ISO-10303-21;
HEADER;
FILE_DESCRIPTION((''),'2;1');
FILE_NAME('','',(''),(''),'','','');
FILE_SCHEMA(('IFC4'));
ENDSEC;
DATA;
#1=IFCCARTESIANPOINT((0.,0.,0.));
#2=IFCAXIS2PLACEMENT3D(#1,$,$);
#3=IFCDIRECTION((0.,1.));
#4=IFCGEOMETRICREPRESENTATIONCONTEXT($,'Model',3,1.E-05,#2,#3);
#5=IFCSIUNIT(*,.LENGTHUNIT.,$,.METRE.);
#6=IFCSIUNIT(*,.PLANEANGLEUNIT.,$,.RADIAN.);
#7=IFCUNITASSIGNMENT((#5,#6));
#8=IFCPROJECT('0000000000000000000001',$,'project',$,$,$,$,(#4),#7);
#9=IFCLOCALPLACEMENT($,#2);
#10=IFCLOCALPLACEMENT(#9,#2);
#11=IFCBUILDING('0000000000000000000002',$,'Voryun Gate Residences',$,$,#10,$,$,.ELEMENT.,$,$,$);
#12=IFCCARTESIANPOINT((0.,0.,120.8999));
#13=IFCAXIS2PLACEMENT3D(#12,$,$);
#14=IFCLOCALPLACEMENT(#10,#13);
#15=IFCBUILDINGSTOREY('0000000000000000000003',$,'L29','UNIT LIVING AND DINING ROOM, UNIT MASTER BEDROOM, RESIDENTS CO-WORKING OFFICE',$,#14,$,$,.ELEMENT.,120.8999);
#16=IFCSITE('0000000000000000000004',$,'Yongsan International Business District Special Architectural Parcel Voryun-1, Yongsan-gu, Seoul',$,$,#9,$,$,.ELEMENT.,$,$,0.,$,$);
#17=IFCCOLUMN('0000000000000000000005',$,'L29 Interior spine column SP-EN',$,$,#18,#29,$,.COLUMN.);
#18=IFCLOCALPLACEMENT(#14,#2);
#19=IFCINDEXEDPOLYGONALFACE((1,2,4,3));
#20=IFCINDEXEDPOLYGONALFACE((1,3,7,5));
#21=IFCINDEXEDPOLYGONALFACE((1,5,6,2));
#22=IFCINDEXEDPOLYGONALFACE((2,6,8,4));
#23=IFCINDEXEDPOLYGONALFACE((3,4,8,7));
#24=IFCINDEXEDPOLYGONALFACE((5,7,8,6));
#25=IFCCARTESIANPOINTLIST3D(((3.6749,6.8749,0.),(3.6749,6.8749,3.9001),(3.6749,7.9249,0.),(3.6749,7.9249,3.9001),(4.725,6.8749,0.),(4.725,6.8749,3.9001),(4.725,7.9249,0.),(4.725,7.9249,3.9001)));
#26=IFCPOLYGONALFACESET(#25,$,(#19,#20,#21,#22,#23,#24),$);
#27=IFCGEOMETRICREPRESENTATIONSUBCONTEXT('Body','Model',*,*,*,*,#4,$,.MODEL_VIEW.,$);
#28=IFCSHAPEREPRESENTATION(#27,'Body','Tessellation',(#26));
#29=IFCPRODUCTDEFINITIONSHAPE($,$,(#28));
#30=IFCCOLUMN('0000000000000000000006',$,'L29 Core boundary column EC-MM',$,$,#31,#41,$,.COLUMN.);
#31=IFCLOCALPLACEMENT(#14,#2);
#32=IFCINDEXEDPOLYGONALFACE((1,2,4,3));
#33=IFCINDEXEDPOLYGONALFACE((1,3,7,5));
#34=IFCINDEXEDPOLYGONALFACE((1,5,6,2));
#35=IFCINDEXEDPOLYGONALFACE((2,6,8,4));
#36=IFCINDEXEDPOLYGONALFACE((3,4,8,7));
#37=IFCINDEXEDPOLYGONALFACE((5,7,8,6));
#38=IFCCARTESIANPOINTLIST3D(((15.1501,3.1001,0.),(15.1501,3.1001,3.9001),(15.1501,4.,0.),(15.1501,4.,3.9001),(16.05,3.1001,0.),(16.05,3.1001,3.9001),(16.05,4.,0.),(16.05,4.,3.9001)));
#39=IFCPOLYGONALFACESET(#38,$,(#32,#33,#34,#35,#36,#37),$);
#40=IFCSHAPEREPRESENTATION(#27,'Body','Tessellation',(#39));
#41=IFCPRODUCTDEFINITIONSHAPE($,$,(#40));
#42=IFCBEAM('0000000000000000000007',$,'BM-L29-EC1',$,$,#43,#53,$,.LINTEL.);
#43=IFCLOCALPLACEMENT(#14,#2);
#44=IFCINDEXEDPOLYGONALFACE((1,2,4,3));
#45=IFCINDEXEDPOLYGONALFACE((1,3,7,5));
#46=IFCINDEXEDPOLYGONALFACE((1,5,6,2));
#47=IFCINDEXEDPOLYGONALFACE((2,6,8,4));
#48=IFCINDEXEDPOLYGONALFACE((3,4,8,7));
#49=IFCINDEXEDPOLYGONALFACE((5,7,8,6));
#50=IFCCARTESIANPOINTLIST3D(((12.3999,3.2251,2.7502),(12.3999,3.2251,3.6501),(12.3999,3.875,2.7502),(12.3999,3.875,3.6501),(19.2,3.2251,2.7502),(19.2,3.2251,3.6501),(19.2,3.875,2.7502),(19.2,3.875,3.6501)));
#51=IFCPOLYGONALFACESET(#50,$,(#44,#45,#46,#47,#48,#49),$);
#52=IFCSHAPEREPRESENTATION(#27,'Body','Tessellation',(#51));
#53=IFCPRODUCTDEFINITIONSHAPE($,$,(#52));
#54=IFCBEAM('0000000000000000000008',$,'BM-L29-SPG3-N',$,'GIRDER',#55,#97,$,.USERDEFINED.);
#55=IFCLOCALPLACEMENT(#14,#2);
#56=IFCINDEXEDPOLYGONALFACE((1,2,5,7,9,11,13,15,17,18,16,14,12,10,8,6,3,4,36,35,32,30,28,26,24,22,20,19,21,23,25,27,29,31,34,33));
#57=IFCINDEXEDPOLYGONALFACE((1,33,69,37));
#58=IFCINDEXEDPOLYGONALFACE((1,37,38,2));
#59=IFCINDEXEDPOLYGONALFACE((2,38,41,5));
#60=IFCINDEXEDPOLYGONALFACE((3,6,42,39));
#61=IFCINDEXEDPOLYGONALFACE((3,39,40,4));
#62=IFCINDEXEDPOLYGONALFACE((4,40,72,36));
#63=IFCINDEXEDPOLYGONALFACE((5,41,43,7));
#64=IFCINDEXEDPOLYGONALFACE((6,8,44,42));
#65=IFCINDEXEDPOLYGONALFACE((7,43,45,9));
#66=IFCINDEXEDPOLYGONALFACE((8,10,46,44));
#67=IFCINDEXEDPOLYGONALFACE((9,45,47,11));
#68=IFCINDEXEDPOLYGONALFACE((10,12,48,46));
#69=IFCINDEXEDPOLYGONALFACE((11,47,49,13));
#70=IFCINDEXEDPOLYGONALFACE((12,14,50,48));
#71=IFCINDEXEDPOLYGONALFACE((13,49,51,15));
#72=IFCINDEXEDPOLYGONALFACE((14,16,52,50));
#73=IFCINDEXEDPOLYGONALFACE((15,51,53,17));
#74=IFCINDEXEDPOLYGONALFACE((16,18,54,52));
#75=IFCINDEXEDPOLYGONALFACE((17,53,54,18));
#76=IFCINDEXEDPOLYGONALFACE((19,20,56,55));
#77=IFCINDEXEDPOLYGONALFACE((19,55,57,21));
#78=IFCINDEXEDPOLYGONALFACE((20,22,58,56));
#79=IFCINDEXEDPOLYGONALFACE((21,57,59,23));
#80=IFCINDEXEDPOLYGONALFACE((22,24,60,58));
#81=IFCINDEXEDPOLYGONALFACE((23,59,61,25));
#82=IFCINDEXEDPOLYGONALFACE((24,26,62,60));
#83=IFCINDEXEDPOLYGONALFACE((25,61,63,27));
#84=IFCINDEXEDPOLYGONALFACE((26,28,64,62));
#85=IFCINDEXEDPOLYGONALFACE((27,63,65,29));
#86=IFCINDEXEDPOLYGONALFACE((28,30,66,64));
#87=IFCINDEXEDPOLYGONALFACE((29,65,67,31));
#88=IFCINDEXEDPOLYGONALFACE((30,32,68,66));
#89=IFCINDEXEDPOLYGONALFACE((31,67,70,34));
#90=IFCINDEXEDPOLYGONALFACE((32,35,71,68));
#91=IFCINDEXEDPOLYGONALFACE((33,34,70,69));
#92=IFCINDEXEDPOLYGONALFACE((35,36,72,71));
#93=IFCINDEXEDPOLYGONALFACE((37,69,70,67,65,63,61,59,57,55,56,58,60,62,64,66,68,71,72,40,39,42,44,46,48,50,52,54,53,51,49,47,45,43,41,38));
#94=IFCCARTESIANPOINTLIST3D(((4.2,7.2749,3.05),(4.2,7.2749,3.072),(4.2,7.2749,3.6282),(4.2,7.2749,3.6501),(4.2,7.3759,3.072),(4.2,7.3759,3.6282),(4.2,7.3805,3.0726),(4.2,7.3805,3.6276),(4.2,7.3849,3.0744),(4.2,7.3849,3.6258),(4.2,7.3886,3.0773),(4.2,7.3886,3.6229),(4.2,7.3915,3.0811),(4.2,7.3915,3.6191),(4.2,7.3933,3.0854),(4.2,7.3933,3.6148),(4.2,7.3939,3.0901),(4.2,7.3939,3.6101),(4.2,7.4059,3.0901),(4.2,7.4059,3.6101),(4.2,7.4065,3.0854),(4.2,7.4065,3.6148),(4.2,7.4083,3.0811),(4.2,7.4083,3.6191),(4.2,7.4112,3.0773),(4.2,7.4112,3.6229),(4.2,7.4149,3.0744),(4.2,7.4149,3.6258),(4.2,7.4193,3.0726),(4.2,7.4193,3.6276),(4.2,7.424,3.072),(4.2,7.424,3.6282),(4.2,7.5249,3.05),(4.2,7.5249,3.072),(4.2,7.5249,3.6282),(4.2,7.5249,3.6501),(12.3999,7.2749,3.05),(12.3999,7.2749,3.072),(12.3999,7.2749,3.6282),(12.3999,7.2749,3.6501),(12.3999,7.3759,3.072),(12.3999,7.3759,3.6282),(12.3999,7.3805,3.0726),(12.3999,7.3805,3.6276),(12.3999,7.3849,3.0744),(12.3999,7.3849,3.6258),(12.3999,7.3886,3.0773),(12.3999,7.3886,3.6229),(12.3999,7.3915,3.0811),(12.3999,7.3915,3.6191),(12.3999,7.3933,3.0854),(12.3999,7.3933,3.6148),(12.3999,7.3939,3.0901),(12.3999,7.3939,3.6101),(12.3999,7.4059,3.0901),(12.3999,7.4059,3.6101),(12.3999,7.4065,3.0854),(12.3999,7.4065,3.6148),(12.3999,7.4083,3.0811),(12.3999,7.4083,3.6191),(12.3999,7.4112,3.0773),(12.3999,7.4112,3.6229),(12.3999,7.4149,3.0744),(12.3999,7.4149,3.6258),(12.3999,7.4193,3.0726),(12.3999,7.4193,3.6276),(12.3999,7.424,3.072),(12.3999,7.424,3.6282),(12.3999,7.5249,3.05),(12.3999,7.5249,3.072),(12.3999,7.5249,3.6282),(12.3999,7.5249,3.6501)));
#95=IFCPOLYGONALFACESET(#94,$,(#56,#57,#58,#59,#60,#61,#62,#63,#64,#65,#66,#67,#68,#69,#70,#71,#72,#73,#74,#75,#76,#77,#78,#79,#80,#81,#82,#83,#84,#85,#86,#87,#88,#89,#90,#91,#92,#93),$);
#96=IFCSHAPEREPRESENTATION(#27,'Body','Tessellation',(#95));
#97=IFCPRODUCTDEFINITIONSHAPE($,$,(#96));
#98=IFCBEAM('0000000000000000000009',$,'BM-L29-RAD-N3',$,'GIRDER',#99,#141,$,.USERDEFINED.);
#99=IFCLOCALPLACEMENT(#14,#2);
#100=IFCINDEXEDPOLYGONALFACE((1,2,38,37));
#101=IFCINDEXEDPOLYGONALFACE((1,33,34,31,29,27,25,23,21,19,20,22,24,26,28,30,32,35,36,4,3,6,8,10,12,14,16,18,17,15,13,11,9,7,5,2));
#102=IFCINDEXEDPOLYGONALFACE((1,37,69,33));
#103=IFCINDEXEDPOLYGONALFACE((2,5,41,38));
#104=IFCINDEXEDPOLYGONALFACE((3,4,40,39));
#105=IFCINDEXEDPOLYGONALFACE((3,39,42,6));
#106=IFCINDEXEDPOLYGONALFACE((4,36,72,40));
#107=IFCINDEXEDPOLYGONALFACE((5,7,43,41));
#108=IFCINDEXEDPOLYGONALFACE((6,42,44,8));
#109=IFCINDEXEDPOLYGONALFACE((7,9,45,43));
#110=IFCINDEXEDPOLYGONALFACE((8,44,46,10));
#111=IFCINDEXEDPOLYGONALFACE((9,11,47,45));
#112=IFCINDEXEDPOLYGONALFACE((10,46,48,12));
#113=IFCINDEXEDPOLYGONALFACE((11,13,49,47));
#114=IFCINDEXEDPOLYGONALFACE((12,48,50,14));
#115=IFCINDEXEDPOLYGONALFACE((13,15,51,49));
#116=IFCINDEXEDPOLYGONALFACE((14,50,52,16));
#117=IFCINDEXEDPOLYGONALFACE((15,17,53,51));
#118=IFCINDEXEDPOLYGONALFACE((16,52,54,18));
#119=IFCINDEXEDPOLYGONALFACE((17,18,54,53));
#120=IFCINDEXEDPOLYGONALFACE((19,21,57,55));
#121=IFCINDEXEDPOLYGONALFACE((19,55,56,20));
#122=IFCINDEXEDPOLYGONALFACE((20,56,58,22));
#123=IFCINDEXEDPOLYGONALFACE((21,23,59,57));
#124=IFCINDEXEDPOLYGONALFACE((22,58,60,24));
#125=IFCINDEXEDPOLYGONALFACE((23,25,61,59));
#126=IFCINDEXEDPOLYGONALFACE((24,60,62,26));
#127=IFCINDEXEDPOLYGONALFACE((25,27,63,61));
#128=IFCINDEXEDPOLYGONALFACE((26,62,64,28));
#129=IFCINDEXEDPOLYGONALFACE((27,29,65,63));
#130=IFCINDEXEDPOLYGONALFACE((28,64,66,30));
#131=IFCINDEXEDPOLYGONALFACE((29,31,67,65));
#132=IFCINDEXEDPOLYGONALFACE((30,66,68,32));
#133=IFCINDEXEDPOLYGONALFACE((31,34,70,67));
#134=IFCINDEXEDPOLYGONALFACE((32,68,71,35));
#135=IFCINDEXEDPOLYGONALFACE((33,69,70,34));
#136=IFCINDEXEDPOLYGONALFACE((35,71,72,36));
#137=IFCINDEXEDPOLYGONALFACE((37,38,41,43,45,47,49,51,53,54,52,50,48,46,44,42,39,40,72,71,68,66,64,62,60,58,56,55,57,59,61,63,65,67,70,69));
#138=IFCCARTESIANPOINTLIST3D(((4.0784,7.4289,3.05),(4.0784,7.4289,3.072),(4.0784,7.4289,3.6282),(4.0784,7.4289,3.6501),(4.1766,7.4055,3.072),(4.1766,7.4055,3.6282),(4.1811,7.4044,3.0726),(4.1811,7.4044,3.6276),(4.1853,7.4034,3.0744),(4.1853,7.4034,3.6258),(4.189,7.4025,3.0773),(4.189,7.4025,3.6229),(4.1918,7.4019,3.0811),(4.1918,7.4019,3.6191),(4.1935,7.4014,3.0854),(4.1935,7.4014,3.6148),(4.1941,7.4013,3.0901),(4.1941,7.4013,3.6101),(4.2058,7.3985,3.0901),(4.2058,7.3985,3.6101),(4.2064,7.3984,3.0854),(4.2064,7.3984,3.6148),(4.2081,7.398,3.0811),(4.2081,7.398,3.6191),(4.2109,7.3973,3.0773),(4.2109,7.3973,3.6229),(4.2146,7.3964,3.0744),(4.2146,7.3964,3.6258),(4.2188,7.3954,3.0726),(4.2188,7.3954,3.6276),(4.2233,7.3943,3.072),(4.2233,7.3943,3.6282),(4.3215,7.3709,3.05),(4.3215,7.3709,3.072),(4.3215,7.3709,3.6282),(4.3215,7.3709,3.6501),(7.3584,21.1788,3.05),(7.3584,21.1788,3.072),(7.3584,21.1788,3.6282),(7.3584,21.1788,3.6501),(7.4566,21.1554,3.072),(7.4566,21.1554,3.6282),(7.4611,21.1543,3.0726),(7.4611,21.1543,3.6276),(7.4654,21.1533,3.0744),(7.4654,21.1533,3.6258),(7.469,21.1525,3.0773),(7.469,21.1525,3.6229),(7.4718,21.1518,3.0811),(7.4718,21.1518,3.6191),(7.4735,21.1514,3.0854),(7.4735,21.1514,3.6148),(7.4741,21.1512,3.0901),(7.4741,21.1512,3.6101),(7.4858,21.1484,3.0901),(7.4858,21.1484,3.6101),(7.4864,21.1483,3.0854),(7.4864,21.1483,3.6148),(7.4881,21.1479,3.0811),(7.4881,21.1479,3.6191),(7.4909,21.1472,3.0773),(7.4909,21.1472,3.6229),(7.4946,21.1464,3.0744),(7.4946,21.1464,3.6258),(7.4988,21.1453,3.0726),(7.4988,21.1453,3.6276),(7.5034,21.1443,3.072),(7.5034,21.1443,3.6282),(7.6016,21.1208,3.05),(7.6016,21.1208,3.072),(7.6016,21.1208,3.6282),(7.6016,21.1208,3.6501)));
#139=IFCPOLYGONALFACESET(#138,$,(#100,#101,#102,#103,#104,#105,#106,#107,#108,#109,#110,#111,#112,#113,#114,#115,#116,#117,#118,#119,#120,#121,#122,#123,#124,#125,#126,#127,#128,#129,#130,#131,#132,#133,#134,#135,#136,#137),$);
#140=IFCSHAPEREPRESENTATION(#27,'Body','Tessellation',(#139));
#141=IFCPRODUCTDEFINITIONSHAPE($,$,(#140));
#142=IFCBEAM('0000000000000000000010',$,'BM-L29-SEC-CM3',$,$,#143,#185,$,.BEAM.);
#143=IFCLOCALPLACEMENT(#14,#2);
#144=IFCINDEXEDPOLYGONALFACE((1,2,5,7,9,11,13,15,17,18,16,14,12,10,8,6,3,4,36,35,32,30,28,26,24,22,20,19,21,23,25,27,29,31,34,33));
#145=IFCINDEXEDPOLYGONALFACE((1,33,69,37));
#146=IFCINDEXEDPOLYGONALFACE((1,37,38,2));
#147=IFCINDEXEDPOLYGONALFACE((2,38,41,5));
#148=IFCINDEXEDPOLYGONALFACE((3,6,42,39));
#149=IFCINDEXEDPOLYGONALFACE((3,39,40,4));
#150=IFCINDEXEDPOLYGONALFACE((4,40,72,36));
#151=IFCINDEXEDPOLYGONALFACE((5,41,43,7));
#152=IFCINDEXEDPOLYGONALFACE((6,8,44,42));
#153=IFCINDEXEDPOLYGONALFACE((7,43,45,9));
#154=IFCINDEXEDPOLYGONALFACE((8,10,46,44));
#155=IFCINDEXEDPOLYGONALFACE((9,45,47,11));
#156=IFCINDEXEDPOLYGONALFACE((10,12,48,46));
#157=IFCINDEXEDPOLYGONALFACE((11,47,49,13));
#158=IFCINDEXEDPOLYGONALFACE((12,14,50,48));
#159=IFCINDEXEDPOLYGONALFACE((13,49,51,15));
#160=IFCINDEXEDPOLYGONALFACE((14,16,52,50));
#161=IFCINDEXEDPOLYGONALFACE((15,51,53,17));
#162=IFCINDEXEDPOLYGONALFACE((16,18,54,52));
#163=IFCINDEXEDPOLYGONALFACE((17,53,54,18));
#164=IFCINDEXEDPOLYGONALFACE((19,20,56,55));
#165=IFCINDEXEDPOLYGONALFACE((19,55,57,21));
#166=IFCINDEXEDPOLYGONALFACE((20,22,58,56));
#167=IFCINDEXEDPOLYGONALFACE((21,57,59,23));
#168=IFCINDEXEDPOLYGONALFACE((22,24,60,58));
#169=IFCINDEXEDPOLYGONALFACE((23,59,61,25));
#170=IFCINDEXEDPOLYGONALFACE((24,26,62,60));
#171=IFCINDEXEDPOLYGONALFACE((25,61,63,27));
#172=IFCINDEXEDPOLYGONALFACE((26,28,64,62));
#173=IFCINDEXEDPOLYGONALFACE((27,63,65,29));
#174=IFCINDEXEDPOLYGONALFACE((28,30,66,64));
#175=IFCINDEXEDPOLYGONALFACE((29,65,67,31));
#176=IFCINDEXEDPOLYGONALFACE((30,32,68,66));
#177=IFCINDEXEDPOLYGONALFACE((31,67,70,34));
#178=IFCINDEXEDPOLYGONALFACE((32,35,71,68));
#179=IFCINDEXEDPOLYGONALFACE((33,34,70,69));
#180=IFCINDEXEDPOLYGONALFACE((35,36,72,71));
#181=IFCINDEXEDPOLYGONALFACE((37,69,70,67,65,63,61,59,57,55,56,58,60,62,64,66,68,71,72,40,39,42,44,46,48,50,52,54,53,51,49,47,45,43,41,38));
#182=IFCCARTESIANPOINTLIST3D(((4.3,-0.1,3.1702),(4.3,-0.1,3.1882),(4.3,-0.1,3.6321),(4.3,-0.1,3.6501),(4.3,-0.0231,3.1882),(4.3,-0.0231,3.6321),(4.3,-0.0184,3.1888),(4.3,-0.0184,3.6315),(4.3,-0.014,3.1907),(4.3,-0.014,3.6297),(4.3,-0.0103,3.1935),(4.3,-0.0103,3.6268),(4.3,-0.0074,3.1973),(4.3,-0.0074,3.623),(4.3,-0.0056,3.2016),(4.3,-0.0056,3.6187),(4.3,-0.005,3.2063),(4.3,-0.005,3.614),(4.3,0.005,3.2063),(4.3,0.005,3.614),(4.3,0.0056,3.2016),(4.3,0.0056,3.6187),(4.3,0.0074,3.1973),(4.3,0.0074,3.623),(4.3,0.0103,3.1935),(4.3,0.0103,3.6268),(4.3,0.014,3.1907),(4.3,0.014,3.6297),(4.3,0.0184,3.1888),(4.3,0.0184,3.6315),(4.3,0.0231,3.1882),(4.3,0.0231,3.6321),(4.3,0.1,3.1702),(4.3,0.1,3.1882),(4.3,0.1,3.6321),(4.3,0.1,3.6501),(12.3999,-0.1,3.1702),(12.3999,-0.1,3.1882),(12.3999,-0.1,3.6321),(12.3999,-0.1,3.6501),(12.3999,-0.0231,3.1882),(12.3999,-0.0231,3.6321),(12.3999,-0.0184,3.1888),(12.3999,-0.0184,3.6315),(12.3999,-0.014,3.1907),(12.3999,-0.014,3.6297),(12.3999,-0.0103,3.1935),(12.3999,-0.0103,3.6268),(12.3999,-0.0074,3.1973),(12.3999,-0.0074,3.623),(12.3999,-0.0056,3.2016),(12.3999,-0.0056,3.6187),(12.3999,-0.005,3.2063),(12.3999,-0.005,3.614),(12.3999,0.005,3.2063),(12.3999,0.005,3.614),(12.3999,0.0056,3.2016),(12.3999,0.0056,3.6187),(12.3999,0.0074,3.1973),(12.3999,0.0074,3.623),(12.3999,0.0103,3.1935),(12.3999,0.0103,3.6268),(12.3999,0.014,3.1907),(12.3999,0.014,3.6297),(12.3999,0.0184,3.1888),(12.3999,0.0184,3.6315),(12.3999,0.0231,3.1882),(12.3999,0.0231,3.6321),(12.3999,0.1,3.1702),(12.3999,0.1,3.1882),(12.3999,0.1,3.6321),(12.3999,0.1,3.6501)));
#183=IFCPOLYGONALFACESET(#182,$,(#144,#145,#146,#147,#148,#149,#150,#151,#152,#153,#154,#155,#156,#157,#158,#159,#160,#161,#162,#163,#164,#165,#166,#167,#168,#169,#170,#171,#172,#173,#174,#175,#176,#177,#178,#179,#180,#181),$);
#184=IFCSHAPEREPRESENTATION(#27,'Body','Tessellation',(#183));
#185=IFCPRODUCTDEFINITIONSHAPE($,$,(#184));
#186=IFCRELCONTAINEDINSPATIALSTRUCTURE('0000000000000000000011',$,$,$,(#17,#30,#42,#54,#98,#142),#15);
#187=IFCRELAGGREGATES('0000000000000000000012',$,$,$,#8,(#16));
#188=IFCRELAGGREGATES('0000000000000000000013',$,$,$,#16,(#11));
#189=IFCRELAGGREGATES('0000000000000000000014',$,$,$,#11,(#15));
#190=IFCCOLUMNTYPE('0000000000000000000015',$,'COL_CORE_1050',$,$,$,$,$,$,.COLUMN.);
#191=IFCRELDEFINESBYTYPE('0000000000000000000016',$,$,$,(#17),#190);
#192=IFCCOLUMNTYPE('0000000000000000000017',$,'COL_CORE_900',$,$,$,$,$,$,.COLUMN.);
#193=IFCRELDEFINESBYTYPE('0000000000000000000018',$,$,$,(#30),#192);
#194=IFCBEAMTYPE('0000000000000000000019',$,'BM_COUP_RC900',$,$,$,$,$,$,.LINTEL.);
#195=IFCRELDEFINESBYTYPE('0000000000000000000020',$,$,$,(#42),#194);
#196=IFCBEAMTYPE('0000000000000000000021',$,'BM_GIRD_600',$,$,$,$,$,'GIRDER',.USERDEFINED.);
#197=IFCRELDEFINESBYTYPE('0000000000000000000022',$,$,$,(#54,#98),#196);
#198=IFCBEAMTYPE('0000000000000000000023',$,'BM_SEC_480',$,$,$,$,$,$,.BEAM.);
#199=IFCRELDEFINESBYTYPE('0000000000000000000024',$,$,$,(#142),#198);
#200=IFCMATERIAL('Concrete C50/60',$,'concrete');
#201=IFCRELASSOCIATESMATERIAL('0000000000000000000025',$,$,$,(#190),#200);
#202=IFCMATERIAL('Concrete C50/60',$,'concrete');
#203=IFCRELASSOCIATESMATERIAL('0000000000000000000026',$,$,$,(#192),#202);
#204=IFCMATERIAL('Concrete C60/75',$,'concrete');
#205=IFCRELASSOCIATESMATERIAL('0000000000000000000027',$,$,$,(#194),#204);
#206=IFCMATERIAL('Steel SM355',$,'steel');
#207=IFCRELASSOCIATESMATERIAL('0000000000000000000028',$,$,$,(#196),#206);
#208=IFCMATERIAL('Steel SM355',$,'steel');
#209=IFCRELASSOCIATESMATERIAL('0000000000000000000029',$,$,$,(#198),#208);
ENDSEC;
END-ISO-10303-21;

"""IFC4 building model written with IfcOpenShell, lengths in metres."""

from ifc_helpers import new_model, si_unit, direction, frame, origin, origin_2d, place, context, subcontext, project, spatial, rectangle, i_section, extrude, material, material_profile, profile_set, type_object, element, save


model = new_model("IFC4")

# Units and contexts
model_context = context("Model", 3, precision=1e-05, world=origin(), true_north=direction((0.0, 1.0)))
body_context = subcontext(model_context, "Body", "Model", "MODEL_VIEW")
ifc_project = project(units=[si_unit("LENGTHUNIT", "METRE"), si_unit("PLANEANGLEUNIT", "RADIAN")], contexts=[model_context])

# Site, building, storey
site_placement = place(None, origin())
site = spatial("IfcSite", under=ifc_project, at=site_placement, Name="Yongsan International Business District Special Architectural Parcel Voryun-1, Yongsan-gu, Seoul", CompositionType="ELEMENT", RefElevation=0.0)
building_placement = place(site_placement, origin())
building = spatial("IfcBuilding", under=site, at=building_placement, Name="Voryun Gate Residences", CompositionType="ELEMENT")
storey_placement = place(building_placement, frame((0.0, 0.0, 120.8999)))
storey = spatial("IfcBuildingStorey", under=building, at=storey_placement, Name="L29", Description="UNIT LIVING AND DINING ROOM, UNIT MASTER BEDROOM, RESIDENTS CO-WORKING OFFICE", CompositionType="ELEMENT", Elevation=120.8999)

# Columns
ifc_material_1 = material(Name="Concrete C50/60", Category="concrete")
ifc_material_profile_1 = material_profile(ifc_material_1, rectangle(XDim=1.05, YDim=1.05, at=origin_2d()), Name="RC-1050x1050")
ifc_profile_set_1 = profile_set([ifc_material_profile_1], Name="Concrete C50/60")
column_type_1 = type_object("IfcColumnType", Name="COL_CORE_1050", PredefinedType="COLUMN", material=ifc_profile_set_1)
column_1_placement = place(storey_placement, frame((4.2, 7.3999, 0.0), z_axis=(0.0, 0.0, 1.0), x_axis=(1.0, 0.0, 0.0)))
element("IfcColumn", 1, at=column_1_placement, inside=storey, type_object=column_type_1, Name="L29 Interior spine column SP-EN", PredefinedType="COLUMN", context=body_context, shape_type="SweptSolid", body=[
    extrude(rectangle(XDim=1.05, YDim=1.05, at=origin_2d()), origin(), (0.0, 0.0, 1.0), 3.9001),
])
ifc_material_2 = material(Name="Concrete C50/60", Category="concrete")
ifc_material_profile_2 = material_profile(ifc_material_2, rectangle(XDim=0.8999, YDim=0.8999, at=origin_2d()), Name="RC-900x900")
ifc_profile_set_2 = profile_set([ifc_material_profile_2], Name="Concrete C50/60")
column_type_2 = type_object("IfcColumnType", Name="COL_CORE_900", PredefinedType="COLUMN", material=ifc_profile_set_2)
column_2_placement = place(storey_placement, frame((15.6001, 3.55, 0.0), z_axis=(0.0, 0.0, 1.0), x_axis=(1.0, 0.0, 0.0)))
element("IfcColumn", 2, at=column_2_placement, inside=storey, type_object=column_type_2, Name="L29 Core boundary column EC-MM", PredefinedType="COLUMN", context=body_context, shape_type="SweptSolid", body=[
    extrude(rectangle(XDim=0.8999, YDim=0.8999, at=origin_2d()), origin(), (0.0, 0.0, 1.0), 3.9001),
])

# Beams
ifc_material_3 = material(Name="Concrete C60/75", Category="concrete")
ifc_material_profile_3 = material_profile(ifc_material_3, rectangle(XDim=0.6499, YDim=0.8999, at=origin_2d()), Name="RC-650x900")
ifc_profile_set_3 = profile_set([ifc_material_profile_3], Name="Concrete C60/75")
beam_type_1 = type_object("IfcBeamType", Name="BM_COUP_RC900", PredefinedType="LINTEL", material=ifc_profile_set_3)
beam_1_placement = place(storey_placement, frame((12.3999, 3.55, 3.2002), z_axis=(1.0, 0.0, 0.0), x_axis=(0.0, 1.0, 0.0)))
element("IfcBeam", 3, at=beam_1_placement, inside=storey, type_object=beam_type_1, Name="BM-L29-EC1", PredefinedType="LINTEL", context=body_context, shape_type="SweptSolid", body=[
    extrude(rectangle(XDim=0.6499, YDim=0.8999, at=origin_2d()), origin(), (0.0, 0.0, 1.0), 6.8),
])
ifc_material_4 = material(Name="Steel SM355", Category="steel")
ifc_material_profile_4 = material_profile(ifc_material_4, i_section(OverallWidth=0.25, OverallDepth=0.6001, WebThickness=0.012, FlangeThickness=0.022, FilletRadius=0.0181, at=origin_2d()), Name="H-600x250x12x22")
ifc_profile_set_4 = profile_set([ifc_material_profile_4], Name="Steel SM355")
beam_type_2 = type_object("IfcBeamType", Name="BM_GIRD_600", ElementType="GIRDER", PredefinedType="USERDEFINED", material=ifc_profile_set_4)
beam_2_placement = place(storey_placement, frame((4.2, 7.3999, 3.3501), z_axis=(1.0, 0.0, 0.0), x_axis=(0.0, 1.0, 0.0)))
element("IfcBeam", 4, at=beam_2_placement, inside=storey, type_object=beam_type_2, Name="BM-L29-SPG3-N", ObjectType="GIRDER", PredefinedType="USERDEFINED", context=body_context, shape_type="SweptSolid", body=[
    extrude(i_section(OverallWidth=0.25, OverallDepth=0.6001, WebThickness=0.012, FlangeThickness=0.022, FilletRadius=0.0181, at=origin_2d()), origin(), (0.0, 0.0, 1.0), 8.2),
])
beam_3_placement = place(storey_placement, frame((4.2, 7.3999, 3.3501), z_axis=(0.232037, 0.972707, 0.0), x_axis=(-0.972707, 0.232037, 0.0)))
element("IfcBeam", 5, at=beam_3_placement, inside=storey, type_object=beam_type_2, Name="BM-L29-RAD-N3", ObjectType="GIRDER", PredefinedType="USERDEFINED", context=body_context, shape_type="SweptSolid", body=[
    extrude(i_section(OverallWidth=0.25, OverallDepth=0.6001, WebThickness=0.012, FlangeThickness=0.022, FilletRadius=0.0181, at=origin_2d()), origin(), (0.0, 0.0, 1.0), 14.1357),
])
ifc_material_5 = material(Name="Steel SM355", Category="steel")
ifc_material_profile_5 = material_profile(ifc_material_5, i_section(OverallWidth=0.2, OverallDepth=0.48, WebThickness=0.01, FlangeThickness=0.0181, FilletRadius=0.0181, at=origin_2d()), Name="H-480x200x10x18")
ifc_profile_set_5 = profile_set([ifc_material_profile_5], Name="Steel SM355")
beam_type_3 = type_object("IfcBeamType", Name="BM_SEC_480", PredefinedType="BEAM", material=ifc_profile_set_5)
for number, where, z_axis, x_axis, name in (
    (6, (4.3, 0.0, 3.4102), (1.0, 0.0, 0.0), (0.0, 1.0, 0.0), "BM-L29-SEC-CM3"),
):
    element("IfcBeam", number, at=place(storey_placement, frame(where, z_axis=z_axis, x_axis=x_axis)), inside=storey, type_object=beam_type_3, Name=name, PredefinedType="BEAM", context=body_context, shape_type="SweptSolid", body=[
        extrude(i_section(OverallWidth=0.2, OverallDepth=0.48, WebThickness=0.01, FlangeThickness=0.0181, FilletRadius=0.0181, at=origin_2d()), origin(), (0.0, 0.0, 1.0), 8.0999),
    ])

save(model, "model.ifc")
